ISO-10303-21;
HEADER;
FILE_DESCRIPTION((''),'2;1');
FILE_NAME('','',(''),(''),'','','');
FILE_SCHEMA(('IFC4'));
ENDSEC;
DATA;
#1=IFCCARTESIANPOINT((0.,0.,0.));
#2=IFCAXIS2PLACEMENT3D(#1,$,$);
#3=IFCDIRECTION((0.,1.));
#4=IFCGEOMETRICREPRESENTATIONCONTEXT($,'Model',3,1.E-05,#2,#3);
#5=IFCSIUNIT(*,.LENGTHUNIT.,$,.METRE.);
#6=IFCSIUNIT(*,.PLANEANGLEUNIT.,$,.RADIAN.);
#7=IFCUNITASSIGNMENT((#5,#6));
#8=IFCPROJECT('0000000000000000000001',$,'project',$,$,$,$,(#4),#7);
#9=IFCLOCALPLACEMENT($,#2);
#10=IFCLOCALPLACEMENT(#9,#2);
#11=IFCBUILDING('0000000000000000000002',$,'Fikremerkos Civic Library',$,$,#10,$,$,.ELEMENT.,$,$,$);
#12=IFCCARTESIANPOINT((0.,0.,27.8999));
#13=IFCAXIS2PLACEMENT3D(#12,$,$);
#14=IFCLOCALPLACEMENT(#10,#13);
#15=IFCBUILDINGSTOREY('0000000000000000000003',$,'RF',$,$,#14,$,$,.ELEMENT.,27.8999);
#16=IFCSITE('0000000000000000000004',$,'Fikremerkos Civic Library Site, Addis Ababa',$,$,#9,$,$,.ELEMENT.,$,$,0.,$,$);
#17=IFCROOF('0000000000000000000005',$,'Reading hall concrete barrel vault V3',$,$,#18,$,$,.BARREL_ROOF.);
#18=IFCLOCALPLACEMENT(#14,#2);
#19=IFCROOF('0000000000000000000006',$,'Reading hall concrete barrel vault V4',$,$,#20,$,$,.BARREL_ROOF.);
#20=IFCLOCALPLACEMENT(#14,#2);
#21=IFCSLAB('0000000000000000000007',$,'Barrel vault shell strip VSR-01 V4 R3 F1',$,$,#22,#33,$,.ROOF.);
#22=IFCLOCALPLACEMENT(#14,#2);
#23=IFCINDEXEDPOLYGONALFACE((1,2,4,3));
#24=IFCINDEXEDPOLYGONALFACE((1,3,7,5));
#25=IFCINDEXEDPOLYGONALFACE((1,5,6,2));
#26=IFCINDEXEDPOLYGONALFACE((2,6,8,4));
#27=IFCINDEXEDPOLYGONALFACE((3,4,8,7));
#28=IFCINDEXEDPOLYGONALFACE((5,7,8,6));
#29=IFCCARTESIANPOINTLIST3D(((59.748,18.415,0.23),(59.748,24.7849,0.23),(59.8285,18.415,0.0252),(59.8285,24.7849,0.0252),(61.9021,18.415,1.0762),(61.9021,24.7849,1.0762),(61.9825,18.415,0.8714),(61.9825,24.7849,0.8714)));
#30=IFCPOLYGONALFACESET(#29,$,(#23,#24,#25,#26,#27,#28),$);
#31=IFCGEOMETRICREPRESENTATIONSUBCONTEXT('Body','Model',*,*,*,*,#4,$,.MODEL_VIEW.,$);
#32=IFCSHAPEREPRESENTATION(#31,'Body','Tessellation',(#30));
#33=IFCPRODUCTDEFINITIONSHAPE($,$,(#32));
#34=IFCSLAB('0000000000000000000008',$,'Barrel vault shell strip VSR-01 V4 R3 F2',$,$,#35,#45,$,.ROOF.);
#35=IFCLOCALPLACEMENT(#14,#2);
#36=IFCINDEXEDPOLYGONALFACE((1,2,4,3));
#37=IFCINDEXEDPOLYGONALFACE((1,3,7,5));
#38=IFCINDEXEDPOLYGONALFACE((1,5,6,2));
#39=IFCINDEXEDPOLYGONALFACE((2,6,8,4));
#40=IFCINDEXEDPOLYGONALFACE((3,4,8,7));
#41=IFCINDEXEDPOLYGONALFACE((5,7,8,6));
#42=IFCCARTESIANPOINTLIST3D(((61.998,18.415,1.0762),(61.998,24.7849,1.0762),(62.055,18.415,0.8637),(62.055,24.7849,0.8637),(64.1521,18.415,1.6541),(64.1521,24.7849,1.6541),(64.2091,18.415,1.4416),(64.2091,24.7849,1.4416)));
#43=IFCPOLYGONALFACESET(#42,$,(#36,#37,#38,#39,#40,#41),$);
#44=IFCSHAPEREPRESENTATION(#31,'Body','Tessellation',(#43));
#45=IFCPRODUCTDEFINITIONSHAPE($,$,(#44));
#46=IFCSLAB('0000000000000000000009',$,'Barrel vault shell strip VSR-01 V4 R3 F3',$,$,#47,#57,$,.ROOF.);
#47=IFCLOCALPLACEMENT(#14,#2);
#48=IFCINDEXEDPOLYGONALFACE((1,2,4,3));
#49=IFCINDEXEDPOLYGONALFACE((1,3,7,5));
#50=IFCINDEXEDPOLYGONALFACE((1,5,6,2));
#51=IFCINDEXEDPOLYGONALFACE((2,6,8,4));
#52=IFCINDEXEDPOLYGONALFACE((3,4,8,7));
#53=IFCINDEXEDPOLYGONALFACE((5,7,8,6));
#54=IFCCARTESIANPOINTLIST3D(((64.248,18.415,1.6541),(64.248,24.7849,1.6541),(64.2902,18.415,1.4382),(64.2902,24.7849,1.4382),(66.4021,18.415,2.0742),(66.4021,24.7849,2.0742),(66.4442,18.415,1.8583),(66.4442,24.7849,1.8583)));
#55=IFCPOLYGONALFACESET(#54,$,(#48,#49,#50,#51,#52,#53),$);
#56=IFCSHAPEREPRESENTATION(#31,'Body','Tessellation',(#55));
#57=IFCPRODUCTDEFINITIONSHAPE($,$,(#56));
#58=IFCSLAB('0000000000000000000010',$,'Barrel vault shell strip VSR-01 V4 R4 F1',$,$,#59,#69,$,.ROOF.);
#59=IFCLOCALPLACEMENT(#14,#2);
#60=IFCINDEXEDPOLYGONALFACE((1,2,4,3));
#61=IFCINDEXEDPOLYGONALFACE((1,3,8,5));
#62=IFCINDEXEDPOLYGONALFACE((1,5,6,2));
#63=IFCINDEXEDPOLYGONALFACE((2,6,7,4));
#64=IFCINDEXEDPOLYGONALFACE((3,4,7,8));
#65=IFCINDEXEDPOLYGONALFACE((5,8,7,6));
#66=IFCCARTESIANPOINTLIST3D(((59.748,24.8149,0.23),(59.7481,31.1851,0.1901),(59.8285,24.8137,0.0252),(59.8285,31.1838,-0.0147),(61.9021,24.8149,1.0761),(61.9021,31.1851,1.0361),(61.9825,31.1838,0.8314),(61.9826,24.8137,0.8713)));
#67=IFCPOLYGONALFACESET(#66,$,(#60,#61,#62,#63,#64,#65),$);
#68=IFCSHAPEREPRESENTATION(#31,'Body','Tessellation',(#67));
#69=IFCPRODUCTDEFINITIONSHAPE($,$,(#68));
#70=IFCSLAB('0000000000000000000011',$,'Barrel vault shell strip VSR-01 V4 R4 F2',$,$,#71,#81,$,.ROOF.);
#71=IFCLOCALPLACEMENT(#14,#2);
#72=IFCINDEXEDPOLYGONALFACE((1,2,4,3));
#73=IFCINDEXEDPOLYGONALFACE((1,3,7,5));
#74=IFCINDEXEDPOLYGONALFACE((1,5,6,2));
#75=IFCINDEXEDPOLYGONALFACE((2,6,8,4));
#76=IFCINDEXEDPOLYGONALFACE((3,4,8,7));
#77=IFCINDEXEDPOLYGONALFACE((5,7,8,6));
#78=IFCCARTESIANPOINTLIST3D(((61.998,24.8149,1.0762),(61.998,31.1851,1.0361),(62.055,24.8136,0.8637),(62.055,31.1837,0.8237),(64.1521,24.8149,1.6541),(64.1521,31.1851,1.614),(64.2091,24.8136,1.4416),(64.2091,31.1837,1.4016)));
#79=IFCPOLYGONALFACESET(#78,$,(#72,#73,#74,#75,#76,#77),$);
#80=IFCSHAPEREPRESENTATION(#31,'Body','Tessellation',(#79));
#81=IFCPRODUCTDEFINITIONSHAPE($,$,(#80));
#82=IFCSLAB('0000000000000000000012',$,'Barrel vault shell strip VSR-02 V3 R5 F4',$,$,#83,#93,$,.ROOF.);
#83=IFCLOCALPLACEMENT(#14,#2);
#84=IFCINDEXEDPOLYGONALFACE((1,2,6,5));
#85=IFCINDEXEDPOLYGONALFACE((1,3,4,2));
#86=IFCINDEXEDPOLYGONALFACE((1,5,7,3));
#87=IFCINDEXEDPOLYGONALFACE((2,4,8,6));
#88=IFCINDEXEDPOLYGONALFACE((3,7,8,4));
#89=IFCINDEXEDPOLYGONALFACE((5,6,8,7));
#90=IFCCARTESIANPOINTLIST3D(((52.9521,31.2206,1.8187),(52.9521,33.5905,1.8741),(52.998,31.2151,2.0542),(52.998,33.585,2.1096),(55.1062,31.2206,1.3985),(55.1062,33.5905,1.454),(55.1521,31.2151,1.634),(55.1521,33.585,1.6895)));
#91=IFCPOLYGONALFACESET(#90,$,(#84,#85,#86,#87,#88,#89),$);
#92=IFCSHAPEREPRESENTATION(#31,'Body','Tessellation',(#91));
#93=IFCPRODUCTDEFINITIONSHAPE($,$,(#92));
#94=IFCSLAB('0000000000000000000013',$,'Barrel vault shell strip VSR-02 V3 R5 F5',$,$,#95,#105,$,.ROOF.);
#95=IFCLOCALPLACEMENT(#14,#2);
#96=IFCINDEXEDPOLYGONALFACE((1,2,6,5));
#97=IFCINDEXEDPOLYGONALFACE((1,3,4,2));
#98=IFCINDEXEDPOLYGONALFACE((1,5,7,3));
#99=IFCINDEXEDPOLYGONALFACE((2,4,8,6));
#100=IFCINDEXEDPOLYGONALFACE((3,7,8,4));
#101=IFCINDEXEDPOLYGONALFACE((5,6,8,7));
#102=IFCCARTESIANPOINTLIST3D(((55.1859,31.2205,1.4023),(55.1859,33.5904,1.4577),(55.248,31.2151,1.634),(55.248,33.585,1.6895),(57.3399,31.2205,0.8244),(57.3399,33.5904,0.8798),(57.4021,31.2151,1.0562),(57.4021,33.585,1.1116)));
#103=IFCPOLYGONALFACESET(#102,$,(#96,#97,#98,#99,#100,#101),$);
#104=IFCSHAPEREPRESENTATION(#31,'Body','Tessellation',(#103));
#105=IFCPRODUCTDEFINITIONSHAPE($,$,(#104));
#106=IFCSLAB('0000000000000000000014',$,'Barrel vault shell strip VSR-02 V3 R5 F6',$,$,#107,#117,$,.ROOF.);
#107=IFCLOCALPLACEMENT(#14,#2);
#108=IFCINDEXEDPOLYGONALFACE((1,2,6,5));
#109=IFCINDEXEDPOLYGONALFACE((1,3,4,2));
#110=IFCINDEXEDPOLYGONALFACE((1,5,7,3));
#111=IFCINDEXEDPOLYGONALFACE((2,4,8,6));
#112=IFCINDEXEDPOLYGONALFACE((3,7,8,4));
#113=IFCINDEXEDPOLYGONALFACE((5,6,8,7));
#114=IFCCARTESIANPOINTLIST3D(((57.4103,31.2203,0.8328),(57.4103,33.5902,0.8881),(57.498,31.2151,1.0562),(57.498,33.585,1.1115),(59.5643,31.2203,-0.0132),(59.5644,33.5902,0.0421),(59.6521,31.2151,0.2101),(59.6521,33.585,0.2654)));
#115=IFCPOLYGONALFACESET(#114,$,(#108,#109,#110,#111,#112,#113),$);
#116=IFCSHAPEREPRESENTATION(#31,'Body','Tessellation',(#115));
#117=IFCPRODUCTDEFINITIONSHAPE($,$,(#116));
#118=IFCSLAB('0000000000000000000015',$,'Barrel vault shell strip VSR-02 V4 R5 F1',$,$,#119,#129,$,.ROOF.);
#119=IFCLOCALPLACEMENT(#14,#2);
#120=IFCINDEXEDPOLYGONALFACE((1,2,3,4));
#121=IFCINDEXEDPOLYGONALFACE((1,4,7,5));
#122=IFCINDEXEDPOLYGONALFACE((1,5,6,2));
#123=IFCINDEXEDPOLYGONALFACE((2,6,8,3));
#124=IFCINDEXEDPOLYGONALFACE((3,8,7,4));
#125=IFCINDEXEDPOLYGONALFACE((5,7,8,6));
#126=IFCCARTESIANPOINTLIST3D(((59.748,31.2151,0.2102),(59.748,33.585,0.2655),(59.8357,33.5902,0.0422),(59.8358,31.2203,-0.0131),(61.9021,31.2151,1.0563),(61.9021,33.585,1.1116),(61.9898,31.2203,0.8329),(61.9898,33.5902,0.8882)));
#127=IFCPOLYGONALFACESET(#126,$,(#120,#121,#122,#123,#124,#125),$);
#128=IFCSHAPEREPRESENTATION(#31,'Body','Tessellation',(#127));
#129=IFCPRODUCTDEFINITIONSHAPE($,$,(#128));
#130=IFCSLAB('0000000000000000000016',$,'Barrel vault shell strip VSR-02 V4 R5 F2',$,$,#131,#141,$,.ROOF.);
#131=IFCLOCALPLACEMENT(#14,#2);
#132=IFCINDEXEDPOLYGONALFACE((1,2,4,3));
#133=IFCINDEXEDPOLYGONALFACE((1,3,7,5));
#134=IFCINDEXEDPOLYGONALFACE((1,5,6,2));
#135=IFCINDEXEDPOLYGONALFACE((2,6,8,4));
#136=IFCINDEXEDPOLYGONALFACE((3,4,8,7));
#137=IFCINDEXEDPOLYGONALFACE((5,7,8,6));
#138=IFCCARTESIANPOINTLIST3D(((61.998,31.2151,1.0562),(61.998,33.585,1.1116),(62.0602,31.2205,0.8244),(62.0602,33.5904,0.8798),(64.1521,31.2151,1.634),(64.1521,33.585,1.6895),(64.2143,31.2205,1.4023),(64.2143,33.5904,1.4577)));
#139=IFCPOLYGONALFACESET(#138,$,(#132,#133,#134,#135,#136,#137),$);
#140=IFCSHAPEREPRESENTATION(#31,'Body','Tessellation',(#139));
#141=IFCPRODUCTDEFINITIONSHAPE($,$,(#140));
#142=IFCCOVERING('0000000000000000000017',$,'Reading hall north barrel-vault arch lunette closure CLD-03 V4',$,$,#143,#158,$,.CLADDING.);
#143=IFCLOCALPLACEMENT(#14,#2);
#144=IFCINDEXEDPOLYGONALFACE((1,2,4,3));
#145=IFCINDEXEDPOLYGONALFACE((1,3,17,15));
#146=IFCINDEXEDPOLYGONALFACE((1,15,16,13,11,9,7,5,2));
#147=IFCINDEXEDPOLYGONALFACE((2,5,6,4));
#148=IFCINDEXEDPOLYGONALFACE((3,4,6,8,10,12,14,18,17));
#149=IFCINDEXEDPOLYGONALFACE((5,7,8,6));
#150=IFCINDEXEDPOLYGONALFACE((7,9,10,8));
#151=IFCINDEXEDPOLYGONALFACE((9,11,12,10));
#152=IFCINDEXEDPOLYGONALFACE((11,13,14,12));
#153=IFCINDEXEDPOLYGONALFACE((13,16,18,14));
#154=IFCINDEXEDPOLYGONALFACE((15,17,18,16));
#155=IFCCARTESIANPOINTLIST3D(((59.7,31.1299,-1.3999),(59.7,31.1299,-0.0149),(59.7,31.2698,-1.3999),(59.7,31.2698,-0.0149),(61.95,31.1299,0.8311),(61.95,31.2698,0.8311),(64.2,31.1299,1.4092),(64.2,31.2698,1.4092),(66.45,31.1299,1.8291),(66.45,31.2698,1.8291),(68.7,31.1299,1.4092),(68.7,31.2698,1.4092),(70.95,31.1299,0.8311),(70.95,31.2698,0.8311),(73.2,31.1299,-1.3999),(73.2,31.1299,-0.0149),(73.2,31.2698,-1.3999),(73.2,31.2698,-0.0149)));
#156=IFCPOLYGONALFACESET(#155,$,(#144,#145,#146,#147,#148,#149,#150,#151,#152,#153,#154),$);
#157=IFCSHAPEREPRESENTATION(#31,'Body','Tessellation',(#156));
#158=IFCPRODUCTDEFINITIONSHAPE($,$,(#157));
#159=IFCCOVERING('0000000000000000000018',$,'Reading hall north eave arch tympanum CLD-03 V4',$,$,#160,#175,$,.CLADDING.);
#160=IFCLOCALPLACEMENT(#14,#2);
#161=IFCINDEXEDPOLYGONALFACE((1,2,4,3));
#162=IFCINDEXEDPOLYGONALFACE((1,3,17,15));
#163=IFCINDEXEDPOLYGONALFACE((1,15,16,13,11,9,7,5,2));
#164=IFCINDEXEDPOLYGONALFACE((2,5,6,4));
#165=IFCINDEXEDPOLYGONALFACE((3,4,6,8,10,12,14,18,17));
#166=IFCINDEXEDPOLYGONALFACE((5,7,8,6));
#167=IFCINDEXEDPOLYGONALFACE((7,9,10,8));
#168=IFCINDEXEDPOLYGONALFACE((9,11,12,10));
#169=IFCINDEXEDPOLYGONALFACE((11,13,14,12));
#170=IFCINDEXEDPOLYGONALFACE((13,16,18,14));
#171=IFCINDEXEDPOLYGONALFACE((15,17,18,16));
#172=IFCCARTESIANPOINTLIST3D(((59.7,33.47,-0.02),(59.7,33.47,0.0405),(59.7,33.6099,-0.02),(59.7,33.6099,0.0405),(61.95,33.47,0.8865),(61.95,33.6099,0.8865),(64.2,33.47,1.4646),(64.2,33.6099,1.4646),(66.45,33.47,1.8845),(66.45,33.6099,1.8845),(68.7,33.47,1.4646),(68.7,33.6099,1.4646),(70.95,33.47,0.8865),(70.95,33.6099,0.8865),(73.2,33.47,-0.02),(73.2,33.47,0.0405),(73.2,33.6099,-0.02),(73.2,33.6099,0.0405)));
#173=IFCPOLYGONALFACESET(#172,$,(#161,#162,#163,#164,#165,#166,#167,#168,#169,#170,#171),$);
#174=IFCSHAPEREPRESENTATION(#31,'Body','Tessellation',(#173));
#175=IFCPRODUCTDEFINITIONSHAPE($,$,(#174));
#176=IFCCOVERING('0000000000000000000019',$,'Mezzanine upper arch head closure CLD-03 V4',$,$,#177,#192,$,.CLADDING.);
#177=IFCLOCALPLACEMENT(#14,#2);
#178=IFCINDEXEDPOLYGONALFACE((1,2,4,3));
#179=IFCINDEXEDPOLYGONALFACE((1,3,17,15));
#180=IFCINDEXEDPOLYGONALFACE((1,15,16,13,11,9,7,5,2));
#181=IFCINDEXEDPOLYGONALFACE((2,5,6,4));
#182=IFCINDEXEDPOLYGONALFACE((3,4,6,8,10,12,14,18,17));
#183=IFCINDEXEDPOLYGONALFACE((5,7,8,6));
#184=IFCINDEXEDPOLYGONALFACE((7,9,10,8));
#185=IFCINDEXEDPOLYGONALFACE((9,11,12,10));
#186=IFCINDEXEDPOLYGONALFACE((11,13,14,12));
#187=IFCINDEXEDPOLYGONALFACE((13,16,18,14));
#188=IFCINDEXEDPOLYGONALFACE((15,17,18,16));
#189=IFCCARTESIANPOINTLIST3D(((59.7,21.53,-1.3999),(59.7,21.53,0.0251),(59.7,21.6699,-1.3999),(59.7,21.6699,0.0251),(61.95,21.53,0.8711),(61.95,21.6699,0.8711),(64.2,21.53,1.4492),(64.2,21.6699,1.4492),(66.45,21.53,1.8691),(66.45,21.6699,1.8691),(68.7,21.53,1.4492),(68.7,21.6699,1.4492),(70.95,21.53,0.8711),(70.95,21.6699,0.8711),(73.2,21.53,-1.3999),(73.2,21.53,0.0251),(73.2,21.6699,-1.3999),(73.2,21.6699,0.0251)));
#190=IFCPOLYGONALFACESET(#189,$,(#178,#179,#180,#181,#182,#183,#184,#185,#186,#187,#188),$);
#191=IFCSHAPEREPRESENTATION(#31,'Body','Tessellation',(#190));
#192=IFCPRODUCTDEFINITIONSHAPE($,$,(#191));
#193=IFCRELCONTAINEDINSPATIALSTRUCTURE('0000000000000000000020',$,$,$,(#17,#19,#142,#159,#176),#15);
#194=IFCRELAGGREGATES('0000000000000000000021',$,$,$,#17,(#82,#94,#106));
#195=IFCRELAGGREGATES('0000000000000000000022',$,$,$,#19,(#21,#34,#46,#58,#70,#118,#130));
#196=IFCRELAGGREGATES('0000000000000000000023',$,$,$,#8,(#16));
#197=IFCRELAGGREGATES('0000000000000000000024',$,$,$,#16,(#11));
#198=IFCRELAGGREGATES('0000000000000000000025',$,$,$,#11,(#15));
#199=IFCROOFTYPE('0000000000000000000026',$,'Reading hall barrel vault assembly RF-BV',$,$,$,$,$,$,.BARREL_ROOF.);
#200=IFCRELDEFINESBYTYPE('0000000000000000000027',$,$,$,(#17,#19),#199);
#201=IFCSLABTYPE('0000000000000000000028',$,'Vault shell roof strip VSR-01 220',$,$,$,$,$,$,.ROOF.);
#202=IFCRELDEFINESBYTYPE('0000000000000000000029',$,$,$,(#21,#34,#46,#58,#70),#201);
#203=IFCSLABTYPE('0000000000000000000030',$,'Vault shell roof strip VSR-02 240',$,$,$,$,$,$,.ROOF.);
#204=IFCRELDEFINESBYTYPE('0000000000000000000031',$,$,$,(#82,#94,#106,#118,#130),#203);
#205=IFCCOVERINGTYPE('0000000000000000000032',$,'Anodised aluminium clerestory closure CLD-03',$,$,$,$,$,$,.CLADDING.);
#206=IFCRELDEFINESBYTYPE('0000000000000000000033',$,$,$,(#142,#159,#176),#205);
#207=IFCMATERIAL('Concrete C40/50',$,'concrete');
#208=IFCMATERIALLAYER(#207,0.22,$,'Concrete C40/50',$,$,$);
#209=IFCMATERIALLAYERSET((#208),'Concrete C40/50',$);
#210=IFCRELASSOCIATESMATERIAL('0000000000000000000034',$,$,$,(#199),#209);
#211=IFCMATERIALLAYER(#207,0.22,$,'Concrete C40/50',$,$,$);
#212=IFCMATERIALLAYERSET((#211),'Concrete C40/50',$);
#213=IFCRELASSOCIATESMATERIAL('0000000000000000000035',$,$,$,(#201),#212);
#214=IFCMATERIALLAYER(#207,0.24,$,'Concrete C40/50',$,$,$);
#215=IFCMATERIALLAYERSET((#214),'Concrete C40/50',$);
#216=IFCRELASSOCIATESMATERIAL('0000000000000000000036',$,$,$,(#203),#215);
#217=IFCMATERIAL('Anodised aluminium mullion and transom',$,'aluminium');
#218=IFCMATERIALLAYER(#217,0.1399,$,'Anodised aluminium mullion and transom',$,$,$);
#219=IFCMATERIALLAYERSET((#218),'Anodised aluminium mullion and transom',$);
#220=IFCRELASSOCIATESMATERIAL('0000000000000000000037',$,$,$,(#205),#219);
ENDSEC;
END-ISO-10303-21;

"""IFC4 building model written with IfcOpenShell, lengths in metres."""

from ifc_helpers import new_model, si_unit, direction, frame, origin, place, context, subcontext, project, spatial, polyline, outline, extrude, material, layer, layer_set, type_object, element, aggregate, save


model = new_model("IFC4")

# Units and contexts
model_context = context("Model", 3, precision=1e-05, world=origin(), true_north=direction((0.0, 1.0)))
body_context = subcontext(model_context, "Body", "Model", "MODEL_VIEW")
ifc_project = project(units=[si_unit("LENGTHUNIT", "METRE"), si_unit("PLANEANGLEUNIT", "RADIAN")], contexts=[model_context])

# Site, building, storey
site_placement = place(None, origin())
site = spatial("IfcSite", under=ifc_project, at=site_placement, Name="Fikremerkos Civic Library Site, Addis Ababa", CompositionType="ELEMENT", RefElevation=0.0)
building_placement = place(site_placement, origin())
building = spatial("IfcBuilding", under=site, at=building_placement, Name="Fikremerkos Civic Library", CompositionType="ELEMENT")
storey_placement = place(building_placement, frame((0.0, 0.0, 27.8999)))
storey = spatial("IfcBuildingStorey", under=building, at=storey_placement, Name="RF", CompositionType="ELEMENT", Elevation=27.8999)

# Roofs, slabs
ifc_material_1 = material(Name="Concrete C40/50", Category="concrete")
ifc_layer_1 = layer(ifc_material_1, 0.22, Name="Concrete C40/50")
ifc_layer_set_1 = layer_set([ifc_layer_1], Name="Concrete C40/50")
roof_type = type_object("IfcRoofType", Name="Reading hall barrel vault assembly RF-BV", PredefinedType="BARREL_ROOF", material=ifc_layer_set_1)
roof_1_placement = place(storey_placement, origin())
roof_1 = element("IfcRoof", 1, at=roof_1_placement, inside=storey, type_object=roof_type, Name="Reading hall concrete barrel vault V3", PredefinedType="BARREL_ROOF")
ifc_layer_2 = layer(ifc_material_1, 0.22, Name="Concrete C40/50")
ifc_layer_set_2 = layer_set([ifc_layer_2], Name="Concrete C40/50")
slab_type_1 = type_object("IfcSlabType", Name="Vault shell roof strip VSR-01 220", PredefinedType="ROOF", material=ifc_layer_set_2)
roof_2_placement = place(storey_placement, origin())
roof_2 = element("IfcRoof", 2, at=roof_2_placement, inside=storey, type_object=roof_type, Name="Reading hall concrete barrel vault V4", PredefinedType="BARREL_ROOF")
slab_1_placement = place(storey_placement, frame((59.748, 18.415, 0.23), z_axis=(-0.365636, 0.0, 0.930758), x_axis=(0.930758, 0.0, 0.365636)))
slab_1 = element("IfcSlab", 3, at=slab_1_placement, type_object=slab_type_1, Name="Barrel vault shell strip VSR-01 V4 R3 F1", PredefinedType="ROOF", context=body_context, shape_type="SweptSolid", body=[
    extrude(outline(polyline([(0.0, 0.0), (2.3143, 0.0), (2.3143, 6.3699), (0.0, 6.3699), (0.0, 0.0)])), origin(), (0.0, 0.0, -1.0), 0.22),
])
slab_2_placement = place(storey_placement, frame((61.998, 18.415, 1.0762), z_axis=(-0.259114, 0.0, 0.965847), x_axis=(0.965847, 0.0, 0.259114)))
slab_2 = element("IfcSlab", 4, at=slab_2_placement, type_object=slab_type_1, Name="Barrel vault shell strip VSR-01 V4 R3 F2", PredefinedType="ROOF", context=body_context, shape_type="SweptSolid", body=[
    extrude(outline(polyline([(0.0, 0.0), (2.2302, 0.0), (2.2302, 6.3699), (0.0, 6.3699), (0.0, 0.0)])), origin(), (0.0, 0.0, -1.0), 0.22),
])
slab_3_placement = place(storey_placement, frame((64.248, 18.415, 1.6541), z_axis=(-0.19145, 0.0, 0.981502), x_axis=(0.981502, 0.0, 0.19145)))
slab_3 = element("IfcSlab", 5, at=slab_3_placement, type_object=slab_type_1, Name="Barrel vault shell strip VSR-01 V4 R3 F3", PredefinedType="ROOF", context=body_context, shape_type="SweptSolid", body=[
    extrude(outline(polyline([(0.0, 0.0), (2.1946, 0.0), (2.1946, 6.3699), (0.0, 6.3699), (0.0, 0.0)])), origin(), (0.0, 0.0, -1.0), 0.22),
])
slab_4_placement = place(storey_placement, frame((59.748, 24.8149, 0.23), z_axis=(-0.365584, 0.005832, 0.93076), x_axis=(0.930776, 0.0, 0.36559)))
slab_4 = element("IfcSlab", 6, at=slab_4_placement, type_object=slab_type_1, Name="Barrel vault shell strip VSR-01 V4 R4 F1", PredefinedType="ROOF", context=body_context, shape_type="SweptSolid", body=[
    extrude(outline(polyline([(0.0, 0.0), (2.3143, 0.0), (2.2997, 6.3702), (-0.0146, 6.3702), (0.0, 0.0)])), origin(), (0.0, 0.0, -1.0), 0.22),
])
slab_5_placement = place(storey_placement, frame((61.998, 24.8149, 1.0762), z_axis=(-0.259109, 0.006071, 0.965829), x_axis=(0.965847, 0.0, 0.259114)))
slab_5 = element("IfcSlab", 7, at=slab_5_placement, type_object=slab_type_1, Name="Barrel vault shell strip VSR-01 V4 R4 F2", PredefinedType="ROOF", context=body_context, shape_type="SweptSolid", body=[
    extrude(outline(polyline([(0.0, 0.0), (2.2302, 0.0), (2.2198, 6.3702), (-0.0104, 6.3702), (0.0, 0.0)])), origin(), (0.0, 0.0, -1.0), 0.22),
])

# Slabs
ifc_layer_3 = layer(ifc_material_1, 0.24, Name="Concrete C40/50")
ifc_layer_set_3 = layer_set([ifc_layer_3], Name="Concrete C40/50")
slab_type_2 = type_object("IfcSlabType", Name="Vault shell roof strip VSR-02 240", PredefinedType="ROOF", material=ifc_layer_set_3)
slab_6_placement = place(storey_placement, frame((52.998, 31.2151, 2.0542), z_axis=(0.1914, -0.022947, 0.981244), x_axis=(0.981502, 0.0, -0.19145)))
slab_6 = element("IfcSlab", 8, at=slab_6_placement, type_object=slab_type_2, Name="Barrel vault shell strip VSR-02 V3 R5 F4", PredefinedType="ROOF", context=body_context, shape_type="SweptSolid", body=[
    extrude(outline(polyline([(0.0, 0.0), (2.1946, 0.0), (2.184, 2.3705), (-0.0106, 2.3705), (0.0, 0.0)])), origin(), (0.0, 0.0, -1.0), 0.24),
])
slab_7_placement = place(storey_placement, frame((55.248, 31.2151, 1.634), z_axis=(0.259048, -0.022581, 0.965601), x_axis=(0.965847, 0.0, -0.259114)))
slab_7 = element("IfcSlab", 9, at=slab_7_placement, type_object=slab_type_2, Name="Barrel vault shell strip VSR-02 V3 R5 F5", PredefinedType="ROOF", context=body_context, shape_type="SweptSolid", body=[
    extrude(outline(polyline([(0.0, 0.0), (2.2302, 0.0), (2.2159, 2.3705), (-0.0144, 2.3705), (0.0, 0.0)])), origin(), (0.0, 0.0, -1.0), 0.24),
])
slab_8_placement = place(storey_placement, frame((57.498, 31.2151, 1.0562), z_axis=(0.365504, -0.021713, 0.930556), x_axis=(0.930776, 0.000001, -0.36559)))
slab_8 = element("IfcSlab", 10, at=slab_8_placement, type_object=slab_type_2, Name="Barrel vault shell strip VSR-02 V3 R5 F6", PredefinedType="ROOF", context=body_context, shape_type="SweptSolid", body=[
    extrude(outline(polyline([(0.0, 0.0), (2.3142, 0.0), (2.294, 2.3704), (-0.0203, 2.3704), (0.0, 0.0)])), origin(), (0.0, 0.0, -1.0), 0.24),
])
aggregate(roof_1, [slab_6, slab_7, slab_8])
slab_9_placement = place(storey_placement, frame((59.748, 31.2151, 0.2102), z_axis=(-0.365504, -0.021713, 0.930556), x_axis=(0.930776, -0.000001, 0.36559)))
slab_9 = element("IfcSlab", 11, at=slab_9_placement, type_object=slab_type_2, Name="Barrel vault shell strip VSR-02 V4 R5 F1", PredefinedType="ROOF", context=body_context, shape_type="SweptSolid", body=[
    extrude(outline(polyline([(0.0, 0.0), (2.3142, 0.0), (2.3345, 2.3704), (0.0202, 2.3704), (0.0, 0.0)])), origin(), (0.0, 0.0, -1.0), 0.24),
])
slab_10_placement = place(storey_placement, frame((61.998, 31.2151, 1.0562), z_axis=(-0.259048, -0.022581, 0.965601), x_axis=(0.965847, 0.0, 0.259114)))
slab_10 = element("IfcSlab", 12, at=slab_10_placement, type_object=slab_type_2, Name="Barrel vault shell strip VSR-02 V4 R5 F2", PredefinedType="ROOF", context=body_context, shape_type="SweptSolid", body=[
    extrude(outline(polyline([(0.0, 0.0), (2.2302, 0.0), (2.2446, 2.3705), (0.0144, 2.3705), (0.0, 0.0)])), origin(), (0.0, 0.0, -1.0), 0.24),
])
aggregate(roof_2, [slab_1, slab_2, slab_3, slab_4, slab_5, slab_9, slab_10])

# Coverings
ifc_material_2 = material(Name="Anodised aluminium mullion and transom", Category="aluminium")
ifc_layer_4 = layer(ifc_material_2, 0.1399, Name="Anodised aluminium mullion and transom")
ifc_layer_set_4 = layer_set([ifc_layer_4], Name="Anodised aluminium mullion and transom")
covering_type = type_object("IfcCoveringType", Name="Anodised aluminium clerestory closure CLD-03", PredefinedType="CLADDING", material=ifc_layer_set_4)
covering_1_placement = place(storey_placement, frame((59.7, 31.2, -1.3999), z_axis=(0.0, 0.0, 1.0), x_axis=(1.0, 0.0, 0.0)))
element("IfcCovering", 13, at=covering_1_placement, inside=storey, type_object=covering_type, Name="Reading hall north barrel-vault arch lunette closure CLD-03 V4", PredefinedType="CLADDING", context=body_context, shape_type="SweptSolid", body=[
    extrude(outline(polyline([(0.0, 0.0), (13.5, 0.0), (13.5, 1.385), (11.25, 2.231), (9.0, 2.8091), (6.75, 3.229), (4.5, 2.8091), (2.25, 2.231), (0.0, 1.385), (0.0, 0.0)])), frame((0.0, 0.0698, 0.0), z_axis=(0.0, -1.0, 0.0), x_axis=(1.0, 0.0, 0.0)), (0.0, 0.0, 1.0), 0.1399),
])
covering_2_placement = place(storey_placement, frame((59.7, 33.54, -0.02), z_axis=(0.0, 0.0, 1.0), x_axis=(1.0, 0.0, 0.0)))
element("IfcCovering", 14, at=covering_2_placement, inside=storey, type_object=covering_type, Name="Reading hall north eave arch tympanum CLD-03 V4", PredefinedType="CLADDING", context=body_context, shape_type="SweptSolid", body=[
    extrude(outline(polyline([(0.0, 0.0), (13.5, 0.0), (13.5, 0.0605), (11.25, 0.9065), (9.0, 1.4846), (6.75, 1.9045), (4.5, 1.4846), (2.25, 0.9065), (0.0, 0.0605), (0.0, 0.0)])), frame((0.0, 0.0698, 0.0), z_axis=(0.0, -1.0, 0.0), x_axis=(1.0, 0.0, 0.0)), (0.0, 0.0, 1.0), 0.1399),
])
covering_3_placement = place(storey_placement, frame((59.7, 21.6001, -1.3999), z_axis=(0.0, 0.0, 1.0), x_axis=(1.0, 0.0, 0.0)))
element("IfcCovering", 15, at=covering_3_placement, inside=storey, type_object=covering_type, Name="Mezzanine upper arch head closure CLD-03 V4", PredefinedType="CLADDING", context=body_context, shape_type="SweptSolid", body=[
    extrude(outline(polyline([(0.0, 0.0), (13.5, 0.0), (13.5, 1.425), (11.25, 2.271), (9.0, 2.8491), (6.75, 3.269), (4.5, 2.8491), (2.25, 2.271), (0.0, 1.425), (0.0, 0.0)])), frame((0.0, 0.0698, 0.0), z_axis=(0.0, -1.0, 0.0), x_axis=(1.0, 0.0, 0.0)), (0.0, 0.0, 1.0), 0.1399),
])

save(model, "model.ifc")
